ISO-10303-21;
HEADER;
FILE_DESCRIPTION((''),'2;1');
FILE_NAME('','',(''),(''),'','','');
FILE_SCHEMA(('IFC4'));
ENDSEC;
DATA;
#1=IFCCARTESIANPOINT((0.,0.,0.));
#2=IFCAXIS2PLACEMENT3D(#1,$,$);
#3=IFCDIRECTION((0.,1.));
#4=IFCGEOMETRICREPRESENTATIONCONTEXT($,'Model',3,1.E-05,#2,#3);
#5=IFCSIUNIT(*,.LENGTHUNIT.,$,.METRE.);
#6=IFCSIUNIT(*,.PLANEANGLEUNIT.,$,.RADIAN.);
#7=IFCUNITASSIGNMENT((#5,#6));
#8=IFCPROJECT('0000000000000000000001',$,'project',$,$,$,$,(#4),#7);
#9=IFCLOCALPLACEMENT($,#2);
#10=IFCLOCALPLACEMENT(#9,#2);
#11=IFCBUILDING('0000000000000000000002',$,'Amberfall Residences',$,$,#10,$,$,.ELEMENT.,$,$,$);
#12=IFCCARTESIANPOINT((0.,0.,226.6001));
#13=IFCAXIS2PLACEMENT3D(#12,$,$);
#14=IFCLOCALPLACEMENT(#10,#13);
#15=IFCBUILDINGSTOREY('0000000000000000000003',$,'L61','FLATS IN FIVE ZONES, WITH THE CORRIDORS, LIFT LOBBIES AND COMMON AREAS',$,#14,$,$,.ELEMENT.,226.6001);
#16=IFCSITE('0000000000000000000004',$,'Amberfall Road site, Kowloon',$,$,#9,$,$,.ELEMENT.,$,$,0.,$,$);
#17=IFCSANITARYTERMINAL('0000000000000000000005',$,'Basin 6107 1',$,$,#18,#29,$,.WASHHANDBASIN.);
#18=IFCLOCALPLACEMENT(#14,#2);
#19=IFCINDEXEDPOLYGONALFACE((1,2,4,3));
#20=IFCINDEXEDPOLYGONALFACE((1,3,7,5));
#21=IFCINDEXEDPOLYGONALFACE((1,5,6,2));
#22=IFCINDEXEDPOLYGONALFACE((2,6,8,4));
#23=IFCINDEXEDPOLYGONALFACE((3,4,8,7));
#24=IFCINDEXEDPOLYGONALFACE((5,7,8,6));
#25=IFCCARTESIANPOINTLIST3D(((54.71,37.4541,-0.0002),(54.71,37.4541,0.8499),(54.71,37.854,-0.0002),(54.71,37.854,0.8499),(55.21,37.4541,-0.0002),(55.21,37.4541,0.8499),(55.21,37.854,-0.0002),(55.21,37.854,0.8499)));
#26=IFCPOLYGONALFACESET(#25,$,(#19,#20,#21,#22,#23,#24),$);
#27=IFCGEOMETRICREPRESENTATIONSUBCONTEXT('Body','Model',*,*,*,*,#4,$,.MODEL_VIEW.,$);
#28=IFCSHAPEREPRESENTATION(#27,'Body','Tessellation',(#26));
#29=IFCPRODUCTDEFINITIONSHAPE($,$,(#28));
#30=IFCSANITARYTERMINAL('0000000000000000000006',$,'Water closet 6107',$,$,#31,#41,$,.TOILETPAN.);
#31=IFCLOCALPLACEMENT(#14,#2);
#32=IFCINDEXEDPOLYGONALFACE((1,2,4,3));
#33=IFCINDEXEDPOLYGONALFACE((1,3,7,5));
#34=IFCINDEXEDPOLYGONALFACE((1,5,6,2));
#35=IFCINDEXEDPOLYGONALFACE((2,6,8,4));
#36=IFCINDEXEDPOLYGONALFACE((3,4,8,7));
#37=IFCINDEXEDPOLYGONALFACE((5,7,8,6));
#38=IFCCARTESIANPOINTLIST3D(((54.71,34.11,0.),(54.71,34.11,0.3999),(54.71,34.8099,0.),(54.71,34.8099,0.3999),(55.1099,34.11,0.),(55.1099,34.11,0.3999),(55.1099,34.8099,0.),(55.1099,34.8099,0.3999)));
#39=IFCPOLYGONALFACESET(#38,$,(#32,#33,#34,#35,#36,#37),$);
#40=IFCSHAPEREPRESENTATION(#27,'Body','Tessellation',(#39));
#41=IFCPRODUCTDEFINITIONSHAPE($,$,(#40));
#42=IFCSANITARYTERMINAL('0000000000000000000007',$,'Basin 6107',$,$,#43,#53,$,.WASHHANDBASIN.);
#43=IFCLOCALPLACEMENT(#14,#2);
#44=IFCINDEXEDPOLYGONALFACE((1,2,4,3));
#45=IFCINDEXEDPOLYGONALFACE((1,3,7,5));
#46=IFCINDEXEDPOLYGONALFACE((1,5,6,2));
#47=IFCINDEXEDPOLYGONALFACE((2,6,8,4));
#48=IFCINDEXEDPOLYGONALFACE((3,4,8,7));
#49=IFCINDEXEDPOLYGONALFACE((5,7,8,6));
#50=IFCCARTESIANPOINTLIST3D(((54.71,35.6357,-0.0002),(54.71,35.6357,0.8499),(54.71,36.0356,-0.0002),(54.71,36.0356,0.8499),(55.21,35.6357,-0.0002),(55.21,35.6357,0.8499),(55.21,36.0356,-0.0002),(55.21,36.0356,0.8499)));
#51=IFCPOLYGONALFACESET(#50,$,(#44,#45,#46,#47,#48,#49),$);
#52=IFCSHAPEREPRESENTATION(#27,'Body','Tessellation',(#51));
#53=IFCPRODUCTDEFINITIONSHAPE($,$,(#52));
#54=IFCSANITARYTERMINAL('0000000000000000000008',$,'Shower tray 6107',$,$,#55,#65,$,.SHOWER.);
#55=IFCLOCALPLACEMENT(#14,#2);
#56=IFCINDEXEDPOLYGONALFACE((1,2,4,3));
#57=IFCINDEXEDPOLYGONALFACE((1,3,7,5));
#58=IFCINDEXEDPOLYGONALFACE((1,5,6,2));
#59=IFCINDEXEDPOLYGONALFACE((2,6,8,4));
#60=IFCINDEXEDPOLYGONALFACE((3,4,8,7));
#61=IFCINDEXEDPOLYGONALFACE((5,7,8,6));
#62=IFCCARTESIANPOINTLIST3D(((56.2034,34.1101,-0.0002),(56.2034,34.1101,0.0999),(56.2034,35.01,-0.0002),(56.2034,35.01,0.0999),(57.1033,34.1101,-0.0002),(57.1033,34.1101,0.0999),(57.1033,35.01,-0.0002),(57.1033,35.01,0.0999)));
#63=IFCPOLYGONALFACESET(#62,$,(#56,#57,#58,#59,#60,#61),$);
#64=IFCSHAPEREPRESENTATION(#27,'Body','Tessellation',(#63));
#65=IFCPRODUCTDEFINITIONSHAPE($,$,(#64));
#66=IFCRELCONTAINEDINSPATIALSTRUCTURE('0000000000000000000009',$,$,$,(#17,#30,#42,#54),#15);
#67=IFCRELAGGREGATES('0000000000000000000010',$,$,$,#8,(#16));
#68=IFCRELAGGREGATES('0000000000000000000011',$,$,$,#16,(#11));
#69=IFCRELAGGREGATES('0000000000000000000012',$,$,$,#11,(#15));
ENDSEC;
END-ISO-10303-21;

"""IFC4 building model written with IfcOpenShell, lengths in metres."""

from ifc_helpers import new_model, si_unit, direction, frame, origin, origin_2d, place, context, subcontext, project, spatial, rectangle, extrude, element, save


model = new_model("IFC4")

# Units and contexts
model_context = context("Model", 3, precision=1e-05, world=origin(), true_north=direction((0.0, 1.0)))
body_context = subcontext(model_context, "Body", "Model", "MODEL_VIEW")
ifc_project = project(units=[si_unit("LENGTHUNIT", "METRE"), si_unit("PLANEANGLEUNIT", "RADIAN")], contexts=[model_context])

# Site, building, storey
site_placement = place(None, origin())
site = spatial("IfcSite", under=ifc_project, at=site_placement, Name="Amberfall Road site, Kowloon", CompositionType="ELEMENT", RefElevation=0.0)
building_placement = place(site_placement, origin())
building = spatial("IfcBuilding", under=site, at=building_placement, Name="Amberfall Residences", CompositionType="ELEMENT")
storey_placement = place(building_placement, frame((0.0, 0.0, 226.6001)))
storey = spatial("IfcBuildingStorey", under=building, at=storey_placement, Name="L61", Description="FLATS IN FIVE ZONES, WITH THE CORRIDORS, LIFT LOBBIES AND COMMON AREAS", CompositionType="ELEMENT", Elevation=226.6001)

# Sanitary terminals
sanitary_terminal_1_placement = place(storey_placement, frame((54.96, 37.6541, -0.0002), z_axis=(0.0, 0.0, 1.0), x_axis=(1.0, 0.0, 0.0)))
element("IfcSanitaryTerminal", 1, at=sanitary_terminal_1_placement, inside=storey, Name="Basin 6107 1", PredefinedType="WASHHANDBASIN", context=body_context, shape_type="SweptSolid", body=[
    extrude(rectangle(XDim=0.5, YDim=0.3999, at=origin_2d()), origin(), (0.0, 0.0, 1.0), 0.8501),
])
sanitary_terminal_2_placement = place(storey_placement, frame((54.9099, 34.46, 0.0), z_axis=(0.0, 0.0, 1.0), x_axis=(1.0, 0.0, 0.0)))
element("IfcSanitaryTerminal", 2, at=sanitary_terminal_2_placement, inside=storey, Name="Water closet 6107", PredefinedType="TOILETPAN", context=body_context, shape_type="SweptSolid", body=[
    extrude(rectangle(XDim=0.3999, YDim=0.7, at=origin_2d()), origin(), (0.0, 0.0, 1.0), 0.3999),
])
sanitary_terminal_3_placement = place(storey_placement, frame((54.96, 35.8357, -0.0002), z_axis=(0.0, 0.0, 1.0), x_axis=(1.0, 0.0, 0.0)))
element("IfcSanitaryTerminal", 3, at=sanitary_terminal_3_placement, inside=storey, Name="Basin 6107", PredefinedType="WASHHANDBASIN", context=body_context, shape_type="SweptSolid", body=[
    extrude(rectangle(XDim=0.5, YDim=0.3999, at=origin_2d()), origin(), (0.0, 0.0, 1.0), 0.8501),
])
sanitary_terminal_4_placement = place(storey_placement, frame((56.6533, 34.5601, -0.0002), z_axis=(0.0, 0.0, 1.0), x_axis=(1.0, 0.0, 0.0)))
element("IfcSanitaryTerminal", 4, at=sanitary_terminal_4_placement, inside=storey, Name="Shower tray 6107", PredefinedType="SHOWER", context=body_context, shape_type="SweptSolid", body=[
    extrude(rectangle(XDim=0.8999, YDim=0.8999, at=origin_2d()), origin(), (0.0, 0.0, 1.0), 0.1001),
])

save(model, "model.ifc")
